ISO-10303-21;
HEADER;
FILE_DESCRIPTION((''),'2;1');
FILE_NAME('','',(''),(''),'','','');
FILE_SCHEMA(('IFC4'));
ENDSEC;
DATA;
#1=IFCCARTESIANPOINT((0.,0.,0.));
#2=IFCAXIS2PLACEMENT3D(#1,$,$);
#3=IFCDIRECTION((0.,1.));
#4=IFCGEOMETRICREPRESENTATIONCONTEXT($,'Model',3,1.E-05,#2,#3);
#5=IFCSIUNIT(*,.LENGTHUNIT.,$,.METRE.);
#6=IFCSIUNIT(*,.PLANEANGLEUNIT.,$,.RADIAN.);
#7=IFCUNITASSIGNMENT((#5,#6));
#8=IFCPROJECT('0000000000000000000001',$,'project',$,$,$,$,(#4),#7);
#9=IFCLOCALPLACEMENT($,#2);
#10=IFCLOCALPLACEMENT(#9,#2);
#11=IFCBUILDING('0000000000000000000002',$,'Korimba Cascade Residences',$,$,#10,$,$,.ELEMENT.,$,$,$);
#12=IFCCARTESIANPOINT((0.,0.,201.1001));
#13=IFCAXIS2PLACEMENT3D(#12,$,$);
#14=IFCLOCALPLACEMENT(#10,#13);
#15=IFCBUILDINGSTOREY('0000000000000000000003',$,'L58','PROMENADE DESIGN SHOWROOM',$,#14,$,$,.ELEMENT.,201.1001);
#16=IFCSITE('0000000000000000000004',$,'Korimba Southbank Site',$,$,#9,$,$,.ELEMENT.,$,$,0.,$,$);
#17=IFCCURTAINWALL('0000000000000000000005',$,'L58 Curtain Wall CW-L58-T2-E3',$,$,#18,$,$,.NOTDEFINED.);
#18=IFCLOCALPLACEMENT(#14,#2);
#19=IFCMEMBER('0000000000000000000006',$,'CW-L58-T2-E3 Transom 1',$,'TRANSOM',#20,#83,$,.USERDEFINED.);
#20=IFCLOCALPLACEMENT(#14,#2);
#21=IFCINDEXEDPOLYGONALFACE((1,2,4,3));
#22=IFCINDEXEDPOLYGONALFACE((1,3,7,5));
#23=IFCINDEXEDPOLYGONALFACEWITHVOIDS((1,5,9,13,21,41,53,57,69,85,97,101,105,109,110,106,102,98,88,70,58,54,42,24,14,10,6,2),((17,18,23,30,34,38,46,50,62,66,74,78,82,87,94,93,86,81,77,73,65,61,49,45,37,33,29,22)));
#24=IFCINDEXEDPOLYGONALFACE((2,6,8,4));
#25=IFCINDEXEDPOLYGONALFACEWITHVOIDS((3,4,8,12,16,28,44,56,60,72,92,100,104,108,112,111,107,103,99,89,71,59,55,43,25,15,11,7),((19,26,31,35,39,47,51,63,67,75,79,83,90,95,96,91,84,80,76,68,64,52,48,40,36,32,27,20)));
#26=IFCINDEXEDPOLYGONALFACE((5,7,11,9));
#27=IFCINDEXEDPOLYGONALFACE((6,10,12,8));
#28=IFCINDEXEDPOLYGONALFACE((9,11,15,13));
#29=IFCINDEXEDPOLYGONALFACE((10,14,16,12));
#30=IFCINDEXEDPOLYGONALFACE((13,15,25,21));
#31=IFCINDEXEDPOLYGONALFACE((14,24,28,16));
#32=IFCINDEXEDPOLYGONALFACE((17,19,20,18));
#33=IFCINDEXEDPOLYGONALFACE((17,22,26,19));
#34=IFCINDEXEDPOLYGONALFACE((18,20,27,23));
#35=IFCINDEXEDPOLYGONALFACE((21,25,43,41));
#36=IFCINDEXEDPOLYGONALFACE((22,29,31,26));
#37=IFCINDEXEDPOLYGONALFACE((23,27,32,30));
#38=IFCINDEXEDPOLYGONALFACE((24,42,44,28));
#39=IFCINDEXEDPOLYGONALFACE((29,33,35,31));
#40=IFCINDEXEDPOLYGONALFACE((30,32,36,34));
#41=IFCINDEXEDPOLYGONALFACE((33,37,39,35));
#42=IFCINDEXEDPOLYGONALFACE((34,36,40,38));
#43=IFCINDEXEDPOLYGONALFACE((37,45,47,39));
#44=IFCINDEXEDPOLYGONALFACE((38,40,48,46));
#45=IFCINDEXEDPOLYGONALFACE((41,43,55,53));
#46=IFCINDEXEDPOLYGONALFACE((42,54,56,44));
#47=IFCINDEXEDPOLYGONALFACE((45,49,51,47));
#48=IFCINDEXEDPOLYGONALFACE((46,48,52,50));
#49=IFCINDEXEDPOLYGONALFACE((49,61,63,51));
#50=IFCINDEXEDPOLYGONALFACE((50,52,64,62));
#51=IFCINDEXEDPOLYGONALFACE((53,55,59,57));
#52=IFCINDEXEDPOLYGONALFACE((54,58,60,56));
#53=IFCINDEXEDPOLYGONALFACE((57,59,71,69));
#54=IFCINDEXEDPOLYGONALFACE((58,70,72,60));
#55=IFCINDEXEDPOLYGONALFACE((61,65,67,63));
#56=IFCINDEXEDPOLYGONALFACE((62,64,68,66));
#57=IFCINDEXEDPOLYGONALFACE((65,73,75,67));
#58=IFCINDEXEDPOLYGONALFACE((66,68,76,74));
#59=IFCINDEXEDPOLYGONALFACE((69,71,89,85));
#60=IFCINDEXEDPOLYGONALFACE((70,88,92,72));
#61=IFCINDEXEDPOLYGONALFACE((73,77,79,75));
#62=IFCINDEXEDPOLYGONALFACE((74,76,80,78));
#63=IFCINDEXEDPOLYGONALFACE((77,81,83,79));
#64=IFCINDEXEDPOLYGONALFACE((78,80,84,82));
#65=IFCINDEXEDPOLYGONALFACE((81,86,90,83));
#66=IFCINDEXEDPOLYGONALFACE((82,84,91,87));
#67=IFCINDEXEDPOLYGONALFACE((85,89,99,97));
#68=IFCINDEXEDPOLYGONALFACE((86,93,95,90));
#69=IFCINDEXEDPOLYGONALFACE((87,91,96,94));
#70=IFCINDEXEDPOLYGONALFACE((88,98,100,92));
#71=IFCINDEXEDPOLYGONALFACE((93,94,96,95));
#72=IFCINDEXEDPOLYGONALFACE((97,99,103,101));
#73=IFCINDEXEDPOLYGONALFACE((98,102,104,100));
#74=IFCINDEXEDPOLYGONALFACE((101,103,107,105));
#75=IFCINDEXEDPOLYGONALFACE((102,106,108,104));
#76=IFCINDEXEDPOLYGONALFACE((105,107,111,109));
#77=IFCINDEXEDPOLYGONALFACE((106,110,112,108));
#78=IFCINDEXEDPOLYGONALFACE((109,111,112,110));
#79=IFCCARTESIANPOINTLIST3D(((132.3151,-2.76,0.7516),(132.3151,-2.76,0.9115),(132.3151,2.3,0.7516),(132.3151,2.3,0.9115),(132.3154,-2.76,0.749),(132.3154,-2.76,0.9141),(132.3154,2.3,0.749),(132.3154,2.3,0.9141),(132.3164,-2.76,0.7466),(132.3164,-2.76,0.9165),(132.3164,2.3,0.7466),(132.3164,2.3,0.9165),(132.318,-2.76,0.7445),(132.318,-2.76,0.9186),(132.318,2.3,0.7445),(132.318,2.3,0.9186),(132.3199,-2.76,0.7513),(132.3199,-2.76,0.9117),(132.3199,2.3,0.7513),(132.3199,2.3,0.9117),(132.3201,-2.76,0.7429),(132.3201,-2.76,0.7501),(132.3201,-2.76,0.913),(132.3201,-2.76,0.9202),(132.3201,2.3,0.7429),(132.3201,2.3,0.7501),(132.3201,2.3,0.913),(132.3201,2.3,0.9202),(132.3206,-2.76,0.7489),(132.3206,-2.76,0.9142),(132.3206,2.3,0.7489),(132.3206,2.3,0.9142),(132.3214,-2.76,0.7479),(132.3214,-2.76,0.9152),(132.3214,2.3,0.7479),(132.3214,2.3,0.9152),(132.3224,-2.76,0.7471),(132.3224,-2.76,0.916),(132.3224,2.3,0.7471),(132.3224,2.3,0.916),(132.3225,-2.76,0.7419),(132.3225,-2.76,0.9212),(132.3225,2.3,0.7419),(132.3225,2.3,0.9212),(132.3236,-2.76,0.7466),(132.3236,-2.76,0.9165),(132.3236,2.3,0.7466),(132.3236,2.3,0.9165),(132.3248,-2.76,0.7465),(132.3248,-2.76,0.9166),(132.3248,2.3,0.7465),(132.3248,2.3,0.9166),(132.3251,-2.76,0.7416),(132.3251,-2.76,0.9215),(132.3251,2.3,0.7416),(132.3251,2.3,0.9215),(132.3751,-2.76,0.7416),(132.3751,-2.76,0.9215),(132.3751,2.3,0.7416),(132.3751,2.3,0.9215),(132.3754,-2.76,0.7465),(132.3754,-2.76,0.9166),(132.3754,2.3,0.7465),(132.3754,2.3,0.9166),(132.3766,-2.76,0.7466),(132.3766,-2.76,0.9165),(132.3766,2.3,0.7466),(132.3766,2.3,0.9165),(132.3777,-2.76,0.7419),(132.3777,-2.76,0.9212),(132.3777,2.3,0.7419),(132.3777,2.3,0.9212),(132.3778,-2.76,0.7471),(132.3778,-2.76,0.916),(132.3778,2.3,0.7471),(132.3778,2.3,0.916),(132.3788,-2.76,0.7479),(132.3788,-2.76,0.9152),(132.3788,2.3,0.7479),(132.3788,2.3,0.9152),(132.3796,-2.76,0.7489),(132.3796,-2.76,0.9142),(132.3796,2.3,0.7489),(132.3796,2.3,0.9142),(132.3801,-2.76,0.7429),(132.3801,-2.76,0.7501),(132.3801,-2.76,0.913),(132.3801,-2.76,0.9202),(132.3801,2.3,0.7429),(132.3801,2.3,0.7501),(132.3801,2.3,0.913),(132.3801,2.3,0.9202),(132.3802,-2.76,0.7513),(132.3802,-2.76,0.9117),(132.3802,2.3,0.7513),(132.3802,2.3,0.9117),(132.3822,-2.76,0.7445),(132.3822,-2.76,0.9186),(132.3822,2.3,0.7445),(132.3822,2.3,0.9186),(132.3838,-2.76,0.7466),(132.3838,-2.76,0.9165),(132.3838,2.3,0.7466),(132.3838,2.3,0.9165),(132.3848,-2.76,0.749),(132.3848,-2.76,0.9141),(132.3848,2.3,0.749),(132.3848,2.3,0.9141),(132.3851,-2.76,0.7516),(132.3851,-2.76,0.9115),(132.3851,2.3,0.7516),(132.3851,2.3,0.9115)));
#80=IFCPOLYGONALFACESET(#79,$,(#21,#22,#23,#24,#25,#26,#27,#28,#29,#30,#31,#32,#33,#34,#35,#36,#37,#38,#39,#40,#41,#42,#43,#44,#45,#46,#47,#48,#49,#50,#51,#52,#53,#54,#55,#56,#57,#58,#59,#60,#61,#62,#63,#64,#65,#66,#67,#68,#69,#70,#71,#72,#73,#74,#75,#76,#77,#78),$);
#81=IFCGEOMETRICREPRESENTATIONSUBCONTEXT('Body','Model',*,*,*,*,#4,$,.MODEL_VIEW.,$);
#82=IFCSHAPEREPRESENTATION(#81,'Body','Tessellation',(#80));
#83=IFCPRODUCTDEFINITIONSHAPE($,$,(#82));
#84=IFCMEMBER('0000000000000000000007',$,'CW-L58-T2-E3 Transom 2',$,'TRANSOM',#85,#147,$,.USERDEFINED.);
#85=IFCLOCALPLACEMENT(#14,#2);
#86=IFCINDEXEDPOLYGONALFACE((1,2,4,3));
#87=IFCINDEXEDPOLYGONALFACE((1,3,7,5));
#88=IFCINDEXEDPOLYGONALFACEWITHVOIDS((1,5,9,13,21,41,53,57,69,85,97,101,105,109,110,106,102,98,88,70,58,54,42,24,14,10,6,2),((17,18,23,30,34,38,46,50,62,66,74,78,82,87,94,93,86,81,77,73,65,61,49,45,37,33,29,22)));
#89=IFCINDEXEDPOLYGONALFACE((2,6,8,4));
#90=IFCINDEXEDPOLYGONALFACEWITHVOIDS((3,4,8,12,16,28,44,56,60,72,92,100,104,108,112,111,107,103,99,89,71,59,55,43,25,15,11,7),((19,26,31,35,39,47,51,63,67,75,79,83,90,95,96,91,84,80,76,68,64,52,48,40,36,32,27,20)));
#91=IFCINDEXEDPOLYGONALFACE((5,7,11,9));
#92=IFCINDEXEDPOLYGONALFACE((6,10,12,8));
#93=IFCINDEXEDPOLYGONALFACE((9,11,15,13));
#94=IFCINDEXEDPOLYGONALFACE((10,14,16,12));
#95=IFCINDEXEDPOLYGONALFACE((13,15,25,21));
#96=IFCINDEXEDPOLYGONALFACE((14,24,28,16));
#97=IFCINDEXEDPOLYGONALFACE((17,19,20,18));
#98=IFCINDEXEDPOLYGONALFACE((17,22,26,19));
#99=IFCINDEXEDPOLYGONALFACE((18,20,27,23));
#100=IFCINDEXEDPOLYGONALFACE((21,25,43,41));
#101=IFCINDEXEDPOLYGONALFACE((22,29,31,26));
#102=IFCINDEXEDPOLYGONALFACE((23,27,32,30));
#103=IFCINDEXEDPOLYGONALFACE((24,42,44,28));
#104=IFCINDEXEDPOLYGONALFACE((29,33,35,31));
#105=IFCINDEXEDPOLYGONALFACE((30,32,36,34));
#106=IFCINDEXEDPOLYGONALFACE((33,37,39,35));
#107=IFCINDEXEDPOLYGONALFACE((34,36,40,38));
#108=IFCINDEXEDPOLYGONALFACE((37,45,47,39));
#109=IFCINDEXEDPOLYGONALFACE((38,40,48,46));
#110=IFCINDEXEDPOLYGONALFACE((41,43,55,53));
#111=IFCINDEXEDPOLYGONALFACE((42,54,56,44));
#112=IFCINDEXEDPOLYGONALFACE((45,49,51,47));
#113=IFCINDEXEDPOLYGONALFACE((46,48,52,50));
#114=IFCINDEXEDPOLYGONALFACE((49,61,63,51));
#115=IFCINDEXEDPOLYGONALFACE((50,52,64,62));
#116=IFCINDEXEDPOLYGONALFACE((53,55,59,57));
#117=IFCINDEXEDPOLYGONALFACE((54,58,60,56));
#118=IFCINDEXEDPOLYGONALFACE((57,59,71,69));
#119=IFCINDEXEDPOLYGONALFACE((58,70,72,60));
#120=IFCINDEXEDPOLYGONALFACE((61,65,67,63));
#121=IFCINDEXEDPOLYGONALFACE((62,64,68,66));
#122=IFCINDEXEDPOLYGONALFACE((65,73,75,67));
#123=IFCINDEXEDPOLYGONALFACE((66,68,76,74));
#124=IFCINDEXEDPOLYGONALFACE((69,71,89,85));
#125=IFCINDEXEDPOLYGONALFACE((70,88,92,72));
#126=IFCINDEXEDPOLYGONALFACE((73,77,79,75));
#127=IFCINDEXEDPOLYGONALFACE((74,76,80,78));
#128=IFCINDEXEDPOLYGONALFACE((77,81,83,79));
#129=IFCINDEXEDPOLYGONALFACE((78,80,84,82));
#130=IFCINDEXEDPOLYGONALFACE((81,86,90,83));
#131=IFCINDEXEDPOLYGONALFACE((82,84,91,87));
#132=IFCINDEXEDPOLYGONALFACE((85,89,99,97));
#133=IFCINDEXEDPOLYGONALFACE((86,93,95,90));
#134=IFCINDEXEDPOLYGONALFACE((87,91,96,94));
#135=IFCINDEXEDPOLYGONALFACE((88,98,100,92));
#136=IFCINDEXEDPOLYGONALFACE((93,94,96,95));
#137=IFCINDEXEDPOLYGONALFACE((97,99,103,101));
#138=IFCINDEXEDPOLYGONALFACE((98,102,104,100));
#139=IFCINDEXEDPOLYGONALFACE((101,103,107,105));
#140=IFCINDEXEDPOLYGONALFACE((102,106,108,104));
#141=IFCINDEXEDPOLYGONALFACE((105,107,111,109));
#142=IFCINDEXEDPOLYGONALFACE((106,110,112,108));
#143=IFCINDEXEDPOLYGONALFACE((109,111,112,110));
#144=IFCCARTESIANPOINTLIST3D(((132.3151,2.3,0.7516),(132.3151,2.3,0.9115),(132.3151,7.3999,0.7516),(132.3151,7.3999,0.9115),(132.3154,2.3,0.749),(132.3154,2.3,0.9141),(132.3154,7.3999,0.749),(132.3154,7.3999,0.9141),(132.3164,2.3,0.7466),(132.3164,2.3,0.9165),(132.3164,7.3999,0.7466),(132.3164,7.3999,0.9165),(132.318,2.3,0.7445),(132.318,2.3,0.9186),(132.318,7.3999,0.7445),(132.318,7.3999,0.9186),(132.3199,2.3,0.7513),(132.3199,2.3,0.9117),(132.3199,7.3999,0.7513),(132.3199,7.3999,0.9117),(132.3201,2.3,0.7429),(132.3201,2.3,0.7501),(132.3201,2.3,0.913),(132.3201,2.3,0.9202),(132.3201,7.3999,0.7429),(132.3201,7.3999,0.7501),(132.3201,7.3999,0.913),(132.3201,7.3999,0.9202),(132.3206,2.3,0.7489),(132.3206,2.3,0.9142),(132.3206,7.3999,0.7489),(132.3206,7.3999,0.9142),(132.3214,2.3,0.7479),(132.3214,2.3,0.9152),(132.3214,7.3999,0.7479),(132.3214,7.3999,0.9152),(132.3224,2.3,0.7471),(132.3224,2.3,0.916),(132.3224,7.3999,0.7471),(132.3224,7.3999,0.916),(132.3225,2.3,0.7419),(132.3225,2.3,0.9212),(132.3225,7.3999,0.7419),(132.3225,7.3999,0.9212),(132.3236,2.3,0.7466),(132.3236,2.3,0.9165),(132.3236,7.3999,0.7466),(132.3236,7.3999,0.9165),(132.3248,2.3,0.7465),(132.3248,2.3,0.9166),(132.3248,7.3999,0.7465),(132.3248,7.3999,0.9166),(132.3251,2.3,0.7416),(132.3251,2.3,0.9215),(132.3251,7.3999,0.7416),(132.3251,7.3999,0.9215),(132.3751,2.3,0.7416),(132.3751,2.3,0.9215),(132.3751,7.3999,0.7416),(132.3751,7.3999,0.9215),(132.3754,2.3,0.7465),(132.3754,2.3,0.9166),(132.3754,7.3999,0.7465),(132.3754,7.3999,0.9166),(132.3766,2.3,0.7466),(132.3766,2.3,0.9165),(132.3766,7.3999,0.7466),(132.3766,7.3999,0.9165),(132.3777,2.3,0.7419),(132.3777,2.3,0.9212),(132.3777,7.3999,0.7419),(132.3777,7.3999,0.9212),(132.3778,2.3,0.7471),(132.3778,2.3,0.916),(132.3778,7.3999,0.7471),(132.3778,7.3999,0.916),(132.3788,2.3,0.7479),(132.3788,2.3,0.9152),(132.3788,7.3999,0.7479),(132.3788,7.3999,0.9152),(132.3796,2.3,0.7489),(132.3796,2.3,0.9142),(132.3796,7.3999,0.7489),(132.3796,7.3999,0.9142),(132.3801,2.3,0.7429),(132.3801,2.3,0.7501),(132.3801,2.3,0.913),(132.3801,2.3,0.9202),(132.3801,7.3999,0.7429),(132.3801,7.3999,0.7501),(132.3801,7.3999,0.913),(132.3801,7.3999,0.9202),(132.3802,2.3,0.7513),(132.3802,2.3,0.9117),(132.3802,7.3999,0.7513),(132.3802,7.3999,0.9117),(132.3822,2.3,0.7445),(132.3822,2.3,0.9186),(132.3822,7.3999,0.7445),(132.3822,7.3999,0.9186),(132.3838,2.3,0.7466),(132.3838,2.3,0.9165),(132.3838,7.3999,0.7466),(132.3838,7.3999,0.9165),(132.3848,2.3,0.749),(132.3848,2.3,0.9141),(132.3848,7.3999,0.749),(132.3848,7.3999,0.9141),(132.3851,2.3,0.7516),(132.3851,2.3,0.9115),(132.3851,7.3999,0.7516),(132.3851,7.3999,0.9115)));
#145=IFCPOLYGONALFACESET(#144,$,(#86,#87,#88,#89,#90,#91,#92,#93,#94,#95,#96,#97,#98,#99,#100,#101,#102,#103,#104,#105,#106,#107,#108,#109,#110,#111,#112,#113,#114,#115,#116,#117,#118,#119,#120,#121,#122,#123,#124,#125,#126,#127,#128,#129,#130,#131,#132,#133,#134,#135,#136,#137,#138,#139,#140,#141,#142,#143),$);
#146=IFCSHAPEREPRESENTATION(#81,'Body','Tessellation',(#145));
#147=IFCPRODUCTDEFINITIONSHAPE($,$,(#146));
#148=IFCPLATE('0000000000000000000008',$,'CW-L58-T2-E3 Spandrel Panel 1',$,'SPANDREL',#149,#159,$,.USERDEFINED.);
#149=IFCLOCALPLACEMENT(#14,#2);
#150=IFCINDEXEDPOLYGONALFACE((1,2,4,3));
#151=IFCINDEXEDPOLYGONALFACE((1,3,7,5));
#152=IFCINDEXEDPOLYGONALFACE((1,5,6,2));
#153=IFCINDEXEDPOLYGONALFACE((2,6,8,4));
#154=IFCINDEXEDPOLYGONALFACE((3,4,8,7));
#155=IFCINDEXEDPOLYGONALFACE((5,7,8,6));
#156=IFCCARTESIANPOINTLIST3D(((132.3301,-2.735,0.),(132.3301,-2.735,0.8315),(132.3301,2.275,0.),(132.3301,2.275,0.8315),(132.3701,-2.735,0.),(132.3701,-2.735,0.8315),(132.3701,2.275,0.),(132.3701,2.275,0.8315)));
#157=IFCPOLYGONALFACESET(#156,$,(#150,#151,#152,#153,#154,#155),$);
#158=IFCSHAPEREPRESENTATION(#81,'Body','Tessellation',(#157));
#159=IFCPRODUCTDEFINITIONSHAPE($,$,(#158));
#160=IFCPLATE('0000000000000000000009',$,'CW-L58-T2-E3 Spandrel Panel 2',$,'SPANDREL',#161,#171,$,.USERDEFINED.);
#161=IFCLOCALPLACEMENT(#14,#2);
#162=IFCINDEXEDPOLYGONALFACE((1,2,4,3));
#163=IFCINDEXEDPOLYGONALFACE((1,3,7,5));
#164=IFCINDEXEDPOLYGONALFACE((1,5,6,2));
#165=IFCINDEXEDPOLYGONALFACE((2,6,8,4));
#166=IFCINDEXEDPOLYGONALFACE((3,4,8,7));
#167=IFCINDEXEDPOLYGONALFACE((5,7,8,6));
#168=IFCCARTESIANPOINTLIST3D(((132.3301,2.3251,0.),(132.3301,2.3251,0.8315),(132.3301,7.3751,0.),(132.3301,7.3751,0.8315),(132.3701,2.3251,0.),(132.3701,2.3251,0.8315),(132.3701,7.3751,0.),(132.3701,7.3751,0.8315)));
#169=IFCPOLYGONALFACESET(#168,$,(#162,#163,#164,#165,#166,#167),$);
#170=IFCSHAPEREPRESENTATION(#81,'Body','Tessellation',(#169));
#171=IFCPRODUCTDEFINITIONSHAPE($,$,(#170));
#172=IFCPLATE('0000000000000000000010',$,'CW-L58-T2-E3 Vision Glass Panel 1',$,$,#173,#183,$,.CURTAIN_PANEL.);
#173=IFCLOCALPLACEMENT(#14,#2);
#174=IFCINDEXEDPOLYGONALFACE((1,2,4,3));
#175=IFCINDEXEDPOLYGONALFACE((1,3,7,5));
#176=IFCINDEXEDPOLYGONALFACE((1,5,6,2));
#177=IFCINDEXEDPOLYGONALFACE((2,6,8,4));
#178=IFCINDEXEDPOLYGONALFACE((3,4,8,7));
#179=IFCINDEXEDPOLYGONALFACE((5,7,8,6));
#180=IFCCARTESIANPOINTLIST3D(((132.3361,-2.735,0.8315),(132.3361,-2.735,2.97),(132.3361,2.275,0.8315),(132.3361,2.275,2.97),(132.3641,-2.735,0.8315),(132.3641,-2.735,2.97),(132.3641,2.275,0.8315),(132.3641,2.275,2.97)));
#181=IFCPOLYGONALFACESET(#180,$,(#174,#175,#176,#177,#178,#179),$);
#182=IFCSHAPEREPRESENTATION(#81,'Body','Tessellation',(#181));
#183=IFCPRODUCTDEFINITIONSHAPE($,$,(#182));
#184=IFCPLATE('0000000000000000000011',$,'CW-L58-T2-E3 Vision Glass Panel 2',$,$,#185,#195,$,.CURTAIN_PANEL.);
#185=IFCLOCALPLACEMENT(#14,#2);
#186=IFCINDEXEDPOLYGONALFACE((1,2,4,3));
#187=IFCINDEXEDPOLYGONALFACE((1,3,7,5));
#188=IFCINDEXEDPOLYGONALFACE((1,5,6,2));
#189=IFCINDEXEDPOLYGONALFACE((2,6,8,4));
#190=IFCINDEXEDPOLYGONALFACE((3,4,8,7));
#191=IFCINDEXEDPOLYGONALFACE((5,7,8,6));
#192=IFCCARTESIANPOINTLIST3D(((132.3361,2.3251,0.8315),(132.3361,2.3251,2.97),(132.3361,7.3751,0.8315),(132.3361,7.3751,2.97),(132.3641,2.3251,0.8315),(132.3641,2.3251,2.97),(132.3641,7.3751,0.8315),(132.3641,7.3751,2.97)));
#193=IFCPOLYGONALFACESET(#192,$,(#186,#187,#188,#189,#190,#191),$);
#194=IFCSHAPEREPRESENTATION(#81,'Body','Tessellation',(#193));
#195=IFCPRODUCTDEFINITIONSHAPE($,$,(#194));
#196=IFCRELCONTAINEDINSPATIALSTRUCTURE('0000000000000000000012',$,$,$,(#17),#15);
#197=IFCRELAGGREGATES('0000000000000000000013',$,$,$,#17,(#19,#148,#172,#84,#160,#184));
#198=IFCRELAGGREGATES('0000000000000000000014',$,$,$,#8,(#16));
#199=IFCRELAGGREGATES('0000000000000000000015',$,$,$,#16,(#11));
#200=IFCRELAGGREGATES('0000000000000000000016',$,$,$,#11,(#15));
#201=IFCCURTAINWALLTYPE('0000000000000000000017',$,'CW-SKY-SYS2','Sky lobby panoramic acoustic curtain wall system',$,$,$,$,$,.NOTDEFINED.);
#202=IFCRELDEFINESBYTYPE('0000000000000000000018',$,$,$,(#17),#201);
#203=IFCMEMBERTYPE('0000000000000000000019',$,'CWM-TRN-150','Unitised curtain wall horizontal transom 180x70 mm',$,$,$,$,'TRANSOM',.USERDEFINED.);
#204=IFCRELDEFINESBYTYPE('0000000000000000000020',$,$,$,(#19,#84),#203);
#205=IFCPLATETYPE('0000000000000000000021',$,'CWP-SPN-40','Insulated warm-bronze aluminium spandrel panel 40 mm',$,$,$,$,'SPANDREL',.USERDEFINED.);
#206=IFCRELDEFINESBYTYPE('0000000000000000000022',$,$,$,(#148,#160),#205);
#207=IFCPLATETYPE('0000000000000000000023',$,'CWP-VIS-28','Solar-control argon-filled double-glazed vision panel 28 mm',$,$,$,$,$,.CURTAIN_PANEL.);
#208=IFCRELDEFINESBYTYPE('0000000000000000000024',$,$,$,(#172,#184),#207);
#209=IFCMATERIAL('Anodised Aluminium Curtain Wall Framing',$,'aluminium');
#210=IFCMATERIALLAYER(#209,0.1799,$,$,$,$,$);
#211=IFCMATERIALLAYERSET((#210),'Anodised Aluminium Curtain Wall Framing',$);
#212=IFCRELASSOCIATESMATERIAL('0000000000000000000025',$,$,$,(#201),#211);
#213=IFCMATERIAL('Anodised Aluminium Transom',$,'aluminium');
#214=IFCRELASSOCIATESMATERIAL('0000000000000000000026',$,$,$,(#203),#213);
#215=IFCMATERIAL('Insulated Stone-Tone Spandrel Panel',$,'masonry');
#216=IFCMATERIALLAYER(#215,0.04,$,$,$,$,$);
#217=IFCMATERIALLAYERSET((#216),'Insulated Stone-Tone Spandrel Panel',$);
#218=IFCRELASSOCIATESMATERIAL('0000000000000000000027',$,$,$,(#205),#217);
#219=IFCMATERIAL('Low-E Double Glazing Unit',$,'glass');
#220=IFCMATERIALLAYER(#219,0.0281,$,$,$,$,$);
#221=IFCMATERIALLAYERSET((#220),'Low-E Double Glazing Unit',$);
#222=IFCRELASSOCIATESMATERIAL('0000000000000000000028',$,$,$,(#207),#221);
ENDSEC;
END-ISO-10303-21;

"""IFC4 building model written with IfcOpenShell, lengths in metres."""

from ifc_helpers import new_model, si_unit, direction, frame, origin, origin_2d, place, context, subcontext, project, spatial, rectangle, hollow_rectangle, extrude, material, layer, layer_set, material_profile, profile_set, type_object, element, aggregate, save


model = new_model("IFC4")

# Units and contexts
model_context = context("Model", 3, precision=1e-05, world=origin(), true_north=direction((0.0, 1.0)))
body_context = subcontext(model_context, "Body", "Model", "MODEL_VIEW")
ifc_project = project(units=[si_unit("LENGTHUNIT", "METRE"), si_unit("PLANEANGLEUNIT", "RADIAN")], contexts=[model_context])

# Site, building, storey
site_placement = place(None, origin())
site = spatial("IfcSite", under=ifc_project, at=site_placement, Name="Korimba Southbank Site", CompositionType="ELEMENT", RefElevation=0.0)
building_placement = place(site_placement, origin())
building = spatial("IfcBuilding", under=site, at=building_placement, Name="Korimba Cascade Residences", CompositionType="ELEMENT")
storey_placement = place(building_placement, frame((0.0, 0.0, 201.1001)))
storey = spatial("IfcBuildingStorey", under=building, at=storey_placement, Name="L58", Description="PROMENADE DESIGN SHOWROOM", CompositionType="ELEMENT", Elevation=201.1001)

# Curtain wall, members, plates
ifc_material_1 = material(Name="Anodised Aluminium Curtain Wall Framing", Category="aluminium")
ifc_layer_1 = layer(ifc_material_1, 0.1799)
ifc_layer_set_1 = layer_set([ifc_layer_1], Name="Anodised Aluminium Curtain Wall Framing")
curtain_wall_type = type_object("IfcCurtainWallType", Name="CW-SKY-SYS2", Description="Sky lobby panoramic acoustic curtain wall system", PredefinedType="NOTDEFINED", material=ifc_layer_set_1)
curtain_wall_placement = place(storey_placement, origin())
curtain_wall = element("IfcCurtainWall", 1, at=curtain_wall_placement, inside=storey, type_object=curtain_wall_type, Name="L58 Curtain Wall CW-L58-T2-E3", PredefinedType="NOTDEFINED")
ifc_material_2 = material(Name="Anodised Aluminium Transom", Category="aluminium")
ifc_material_profile_1 = material_profile(ifc_material_2, hollow_rectangle(XDim=0.0701, YDim=0.1799, WallThickness=0.0049, InnerFilletRadius=0.0049, OuterFilletRadius=0.01, at=origin_2d()), Name="Anodised Aluminium Transom")
ifc_profile_set_1 = profile_set([ifc_material_profile_1], Name="Anodised Aluminium Transom")
member_type_1 = type_object("IfcMemberType", Name="CWM-TRN-150", Description="Unitised curtain wall horizontal transom 180x70 mm", ElementType="TRANSOM", PredefinedType="USERDEFINED", material=ifc_profile_set_1)
member_1_placement = place(storey_placement, frame((132.3501, -2.76, 0.8315), z_axis=(0.0, 1.0, 0.0), x_axis=(-1.0, 0.0, 0.0)))
member_1 = element("IfcMember", 2, at=member_1_placement, type_object=member_type_1, Name="CW-L58-T2-E3 Transom 1", ObjectType="TRANSOM", PredefinedType="USERDEFINED", context=body_context, shape_type="SweptSolid", body=[
    extrude(hollow_rectangle(XDim=0.0701, YDim=0.1799, WallThickness=0.0049, InnerFilletRadius=0.0049, OuterFilletRadius=0.01, at=origin_2d()), origin(), (0.0, 0.0, 1.0), 5.0601),
])
member_2_placement = place(storey_placement, frame((132.3501, 2.3, 0.8315), z_axis=(0.0, 1.0, 0.0), x_axis=(-1.0, 0.0, 0.0)))
member_2 = element("IfcMember", 3, at=member_2_placement, type_object=member_type_1, Name="CW-L58-T2-E3 Transom 2", ObjectType="TRANSOM", PredefinedType="USERDEFINED", context=body_context, shape_type="SweptSolid", body=[
    extrude(hollow_rectangle(XDim=0.0701, YDim=0.1799, WallThickness=0.0049, InnerFilletRadius=0.0049, OuterFilletRadius=0.01, at=origin_2d()), origin(), (0.0, 0.0, 1.0), 5.0999),
])
ifc_material_3 = material(Name="Insulated Stone-Tone Spandrel Panel", Category="masonry")
ifc_layer_2 = layer(ifc_material_3, 0.04)
ifc_layer_set_2 = layer_set([ifc_layer_2], Name="Insulated Stone-Tone Spandrel Panel")
plate_type_1 = type_object("IfcPlateType", Name="CWP-SPN-40", Description="Insulated warm-bronze aluminium spandrel panel 40 mm", ElementType="SPANDREL", PredefinedType="USERDEFINED", material=ifc_layer_set_2)
plate_1_placement = place(storey_placement, frame((132.3501, -0.23, 0.0), z_axis=(0.0, 0.0, 1.0), x_axis=(0.0, 1.0, 0.0)))
plate_1 = element("IfcPlate", 4, at=plate_1_placement, type_object=plate_type_1, Name="CW-L58-T2-E3 Spandrel Panel 1", ObjectType="SPANDREL", PredefinedType="USERDEFINED", context=body_context, shape_type="SweptSolid", body=[
    extrude(rectangle(XDim=5.01, YDim=0.04, at=origin_2d()), origin(), (0.0, 0.0, 1.0), 0.8315),
])
plate_2_placement = place(storey_placement, frame((132.3501, 4.8501, 0.0), z_axis=(0.0, 0.0, 1.0), x_axis=(0.0, 1.0, 0.0)))
plate_2 = element("IfcPlate", 5, at=plate_2_placement, type_object=plate_type_1, Name="CW-L58-T2-E3 Spandrel Panel 2", ObjectType="SPANDREL", PredefinedType="USERDEFINED", context=body_context, shape_type="SweptSolid", body=[
    extrude(rectangle(XDim=5.05, YDim=0.04, at=origin_2d()), origin(), (0.0, 0.0, 1.0), 0.8315),
])
ifc_material_4 = material(Name="Low-E Double Glazing Unit", Category="glass")
ifc_layer_3 = layer(ifc_material_4, 0.0281)
ifc_layer_set_3 = layer_set([ifc_layer_3], Name="Low-E Double Glazing Unit")
plate_type_2 = type_object("IfcPlateType", Name="CWP-VIS-28", Description="Solar-control argon-filled double-glazed vision panel 28 mm", PredefinedType="CURTAIN_PANEL", material=ifc_layer_set_3)
plate_3_placement = place(storey_placement, frame((132.3501, -0.23, 0.8315), z_axis=(0.0, 0.0, 1.0), x_axis=(0.0, 1.0, 0.0)))
plate_3 = element("IfcPlate", 6, at=plate_3_placement, type_object=plate_type_2, Name="CW-L58-T2-E3 Vision Glass Panel 1", PredefinedType="CURTAIN_PANEL", context=body_context, shape_type="SweptSolid", body=[
    extrude(rectangle(XDim=5.01, YDim=0.0281, at=origin_2d()), origin(), (0.0, 0.0, 1.0), 2.1384),
])
plate_4_placement = place(storey_placement, frame((132.3501, 4.8501, 0.8315), z_axis=(0.0, 0.0, 1.0), x_axis=(0.0, 1.0, 0.0)))
plate_4 = element("IfcPlate", 7, at=plate_4_placement, type_object=plate_type_2, Name="CW-L58-T2-E3 Vision Glass Panel 2", PredefinedType="CURTAIN_PANEL", context=body_context, shape_type="SweptSolid", body=[
    extrude(rectangle(XDim=5.05, YDim=0.0281, at=origin_2d()), origin(), (0.0, 0.0, 1.0), 2.1384),
])
aggregate(curtain_wall, [member_1, plate_1, plate_3, member_2, plate_2, plate_4])

save(model, "model.ifc")
